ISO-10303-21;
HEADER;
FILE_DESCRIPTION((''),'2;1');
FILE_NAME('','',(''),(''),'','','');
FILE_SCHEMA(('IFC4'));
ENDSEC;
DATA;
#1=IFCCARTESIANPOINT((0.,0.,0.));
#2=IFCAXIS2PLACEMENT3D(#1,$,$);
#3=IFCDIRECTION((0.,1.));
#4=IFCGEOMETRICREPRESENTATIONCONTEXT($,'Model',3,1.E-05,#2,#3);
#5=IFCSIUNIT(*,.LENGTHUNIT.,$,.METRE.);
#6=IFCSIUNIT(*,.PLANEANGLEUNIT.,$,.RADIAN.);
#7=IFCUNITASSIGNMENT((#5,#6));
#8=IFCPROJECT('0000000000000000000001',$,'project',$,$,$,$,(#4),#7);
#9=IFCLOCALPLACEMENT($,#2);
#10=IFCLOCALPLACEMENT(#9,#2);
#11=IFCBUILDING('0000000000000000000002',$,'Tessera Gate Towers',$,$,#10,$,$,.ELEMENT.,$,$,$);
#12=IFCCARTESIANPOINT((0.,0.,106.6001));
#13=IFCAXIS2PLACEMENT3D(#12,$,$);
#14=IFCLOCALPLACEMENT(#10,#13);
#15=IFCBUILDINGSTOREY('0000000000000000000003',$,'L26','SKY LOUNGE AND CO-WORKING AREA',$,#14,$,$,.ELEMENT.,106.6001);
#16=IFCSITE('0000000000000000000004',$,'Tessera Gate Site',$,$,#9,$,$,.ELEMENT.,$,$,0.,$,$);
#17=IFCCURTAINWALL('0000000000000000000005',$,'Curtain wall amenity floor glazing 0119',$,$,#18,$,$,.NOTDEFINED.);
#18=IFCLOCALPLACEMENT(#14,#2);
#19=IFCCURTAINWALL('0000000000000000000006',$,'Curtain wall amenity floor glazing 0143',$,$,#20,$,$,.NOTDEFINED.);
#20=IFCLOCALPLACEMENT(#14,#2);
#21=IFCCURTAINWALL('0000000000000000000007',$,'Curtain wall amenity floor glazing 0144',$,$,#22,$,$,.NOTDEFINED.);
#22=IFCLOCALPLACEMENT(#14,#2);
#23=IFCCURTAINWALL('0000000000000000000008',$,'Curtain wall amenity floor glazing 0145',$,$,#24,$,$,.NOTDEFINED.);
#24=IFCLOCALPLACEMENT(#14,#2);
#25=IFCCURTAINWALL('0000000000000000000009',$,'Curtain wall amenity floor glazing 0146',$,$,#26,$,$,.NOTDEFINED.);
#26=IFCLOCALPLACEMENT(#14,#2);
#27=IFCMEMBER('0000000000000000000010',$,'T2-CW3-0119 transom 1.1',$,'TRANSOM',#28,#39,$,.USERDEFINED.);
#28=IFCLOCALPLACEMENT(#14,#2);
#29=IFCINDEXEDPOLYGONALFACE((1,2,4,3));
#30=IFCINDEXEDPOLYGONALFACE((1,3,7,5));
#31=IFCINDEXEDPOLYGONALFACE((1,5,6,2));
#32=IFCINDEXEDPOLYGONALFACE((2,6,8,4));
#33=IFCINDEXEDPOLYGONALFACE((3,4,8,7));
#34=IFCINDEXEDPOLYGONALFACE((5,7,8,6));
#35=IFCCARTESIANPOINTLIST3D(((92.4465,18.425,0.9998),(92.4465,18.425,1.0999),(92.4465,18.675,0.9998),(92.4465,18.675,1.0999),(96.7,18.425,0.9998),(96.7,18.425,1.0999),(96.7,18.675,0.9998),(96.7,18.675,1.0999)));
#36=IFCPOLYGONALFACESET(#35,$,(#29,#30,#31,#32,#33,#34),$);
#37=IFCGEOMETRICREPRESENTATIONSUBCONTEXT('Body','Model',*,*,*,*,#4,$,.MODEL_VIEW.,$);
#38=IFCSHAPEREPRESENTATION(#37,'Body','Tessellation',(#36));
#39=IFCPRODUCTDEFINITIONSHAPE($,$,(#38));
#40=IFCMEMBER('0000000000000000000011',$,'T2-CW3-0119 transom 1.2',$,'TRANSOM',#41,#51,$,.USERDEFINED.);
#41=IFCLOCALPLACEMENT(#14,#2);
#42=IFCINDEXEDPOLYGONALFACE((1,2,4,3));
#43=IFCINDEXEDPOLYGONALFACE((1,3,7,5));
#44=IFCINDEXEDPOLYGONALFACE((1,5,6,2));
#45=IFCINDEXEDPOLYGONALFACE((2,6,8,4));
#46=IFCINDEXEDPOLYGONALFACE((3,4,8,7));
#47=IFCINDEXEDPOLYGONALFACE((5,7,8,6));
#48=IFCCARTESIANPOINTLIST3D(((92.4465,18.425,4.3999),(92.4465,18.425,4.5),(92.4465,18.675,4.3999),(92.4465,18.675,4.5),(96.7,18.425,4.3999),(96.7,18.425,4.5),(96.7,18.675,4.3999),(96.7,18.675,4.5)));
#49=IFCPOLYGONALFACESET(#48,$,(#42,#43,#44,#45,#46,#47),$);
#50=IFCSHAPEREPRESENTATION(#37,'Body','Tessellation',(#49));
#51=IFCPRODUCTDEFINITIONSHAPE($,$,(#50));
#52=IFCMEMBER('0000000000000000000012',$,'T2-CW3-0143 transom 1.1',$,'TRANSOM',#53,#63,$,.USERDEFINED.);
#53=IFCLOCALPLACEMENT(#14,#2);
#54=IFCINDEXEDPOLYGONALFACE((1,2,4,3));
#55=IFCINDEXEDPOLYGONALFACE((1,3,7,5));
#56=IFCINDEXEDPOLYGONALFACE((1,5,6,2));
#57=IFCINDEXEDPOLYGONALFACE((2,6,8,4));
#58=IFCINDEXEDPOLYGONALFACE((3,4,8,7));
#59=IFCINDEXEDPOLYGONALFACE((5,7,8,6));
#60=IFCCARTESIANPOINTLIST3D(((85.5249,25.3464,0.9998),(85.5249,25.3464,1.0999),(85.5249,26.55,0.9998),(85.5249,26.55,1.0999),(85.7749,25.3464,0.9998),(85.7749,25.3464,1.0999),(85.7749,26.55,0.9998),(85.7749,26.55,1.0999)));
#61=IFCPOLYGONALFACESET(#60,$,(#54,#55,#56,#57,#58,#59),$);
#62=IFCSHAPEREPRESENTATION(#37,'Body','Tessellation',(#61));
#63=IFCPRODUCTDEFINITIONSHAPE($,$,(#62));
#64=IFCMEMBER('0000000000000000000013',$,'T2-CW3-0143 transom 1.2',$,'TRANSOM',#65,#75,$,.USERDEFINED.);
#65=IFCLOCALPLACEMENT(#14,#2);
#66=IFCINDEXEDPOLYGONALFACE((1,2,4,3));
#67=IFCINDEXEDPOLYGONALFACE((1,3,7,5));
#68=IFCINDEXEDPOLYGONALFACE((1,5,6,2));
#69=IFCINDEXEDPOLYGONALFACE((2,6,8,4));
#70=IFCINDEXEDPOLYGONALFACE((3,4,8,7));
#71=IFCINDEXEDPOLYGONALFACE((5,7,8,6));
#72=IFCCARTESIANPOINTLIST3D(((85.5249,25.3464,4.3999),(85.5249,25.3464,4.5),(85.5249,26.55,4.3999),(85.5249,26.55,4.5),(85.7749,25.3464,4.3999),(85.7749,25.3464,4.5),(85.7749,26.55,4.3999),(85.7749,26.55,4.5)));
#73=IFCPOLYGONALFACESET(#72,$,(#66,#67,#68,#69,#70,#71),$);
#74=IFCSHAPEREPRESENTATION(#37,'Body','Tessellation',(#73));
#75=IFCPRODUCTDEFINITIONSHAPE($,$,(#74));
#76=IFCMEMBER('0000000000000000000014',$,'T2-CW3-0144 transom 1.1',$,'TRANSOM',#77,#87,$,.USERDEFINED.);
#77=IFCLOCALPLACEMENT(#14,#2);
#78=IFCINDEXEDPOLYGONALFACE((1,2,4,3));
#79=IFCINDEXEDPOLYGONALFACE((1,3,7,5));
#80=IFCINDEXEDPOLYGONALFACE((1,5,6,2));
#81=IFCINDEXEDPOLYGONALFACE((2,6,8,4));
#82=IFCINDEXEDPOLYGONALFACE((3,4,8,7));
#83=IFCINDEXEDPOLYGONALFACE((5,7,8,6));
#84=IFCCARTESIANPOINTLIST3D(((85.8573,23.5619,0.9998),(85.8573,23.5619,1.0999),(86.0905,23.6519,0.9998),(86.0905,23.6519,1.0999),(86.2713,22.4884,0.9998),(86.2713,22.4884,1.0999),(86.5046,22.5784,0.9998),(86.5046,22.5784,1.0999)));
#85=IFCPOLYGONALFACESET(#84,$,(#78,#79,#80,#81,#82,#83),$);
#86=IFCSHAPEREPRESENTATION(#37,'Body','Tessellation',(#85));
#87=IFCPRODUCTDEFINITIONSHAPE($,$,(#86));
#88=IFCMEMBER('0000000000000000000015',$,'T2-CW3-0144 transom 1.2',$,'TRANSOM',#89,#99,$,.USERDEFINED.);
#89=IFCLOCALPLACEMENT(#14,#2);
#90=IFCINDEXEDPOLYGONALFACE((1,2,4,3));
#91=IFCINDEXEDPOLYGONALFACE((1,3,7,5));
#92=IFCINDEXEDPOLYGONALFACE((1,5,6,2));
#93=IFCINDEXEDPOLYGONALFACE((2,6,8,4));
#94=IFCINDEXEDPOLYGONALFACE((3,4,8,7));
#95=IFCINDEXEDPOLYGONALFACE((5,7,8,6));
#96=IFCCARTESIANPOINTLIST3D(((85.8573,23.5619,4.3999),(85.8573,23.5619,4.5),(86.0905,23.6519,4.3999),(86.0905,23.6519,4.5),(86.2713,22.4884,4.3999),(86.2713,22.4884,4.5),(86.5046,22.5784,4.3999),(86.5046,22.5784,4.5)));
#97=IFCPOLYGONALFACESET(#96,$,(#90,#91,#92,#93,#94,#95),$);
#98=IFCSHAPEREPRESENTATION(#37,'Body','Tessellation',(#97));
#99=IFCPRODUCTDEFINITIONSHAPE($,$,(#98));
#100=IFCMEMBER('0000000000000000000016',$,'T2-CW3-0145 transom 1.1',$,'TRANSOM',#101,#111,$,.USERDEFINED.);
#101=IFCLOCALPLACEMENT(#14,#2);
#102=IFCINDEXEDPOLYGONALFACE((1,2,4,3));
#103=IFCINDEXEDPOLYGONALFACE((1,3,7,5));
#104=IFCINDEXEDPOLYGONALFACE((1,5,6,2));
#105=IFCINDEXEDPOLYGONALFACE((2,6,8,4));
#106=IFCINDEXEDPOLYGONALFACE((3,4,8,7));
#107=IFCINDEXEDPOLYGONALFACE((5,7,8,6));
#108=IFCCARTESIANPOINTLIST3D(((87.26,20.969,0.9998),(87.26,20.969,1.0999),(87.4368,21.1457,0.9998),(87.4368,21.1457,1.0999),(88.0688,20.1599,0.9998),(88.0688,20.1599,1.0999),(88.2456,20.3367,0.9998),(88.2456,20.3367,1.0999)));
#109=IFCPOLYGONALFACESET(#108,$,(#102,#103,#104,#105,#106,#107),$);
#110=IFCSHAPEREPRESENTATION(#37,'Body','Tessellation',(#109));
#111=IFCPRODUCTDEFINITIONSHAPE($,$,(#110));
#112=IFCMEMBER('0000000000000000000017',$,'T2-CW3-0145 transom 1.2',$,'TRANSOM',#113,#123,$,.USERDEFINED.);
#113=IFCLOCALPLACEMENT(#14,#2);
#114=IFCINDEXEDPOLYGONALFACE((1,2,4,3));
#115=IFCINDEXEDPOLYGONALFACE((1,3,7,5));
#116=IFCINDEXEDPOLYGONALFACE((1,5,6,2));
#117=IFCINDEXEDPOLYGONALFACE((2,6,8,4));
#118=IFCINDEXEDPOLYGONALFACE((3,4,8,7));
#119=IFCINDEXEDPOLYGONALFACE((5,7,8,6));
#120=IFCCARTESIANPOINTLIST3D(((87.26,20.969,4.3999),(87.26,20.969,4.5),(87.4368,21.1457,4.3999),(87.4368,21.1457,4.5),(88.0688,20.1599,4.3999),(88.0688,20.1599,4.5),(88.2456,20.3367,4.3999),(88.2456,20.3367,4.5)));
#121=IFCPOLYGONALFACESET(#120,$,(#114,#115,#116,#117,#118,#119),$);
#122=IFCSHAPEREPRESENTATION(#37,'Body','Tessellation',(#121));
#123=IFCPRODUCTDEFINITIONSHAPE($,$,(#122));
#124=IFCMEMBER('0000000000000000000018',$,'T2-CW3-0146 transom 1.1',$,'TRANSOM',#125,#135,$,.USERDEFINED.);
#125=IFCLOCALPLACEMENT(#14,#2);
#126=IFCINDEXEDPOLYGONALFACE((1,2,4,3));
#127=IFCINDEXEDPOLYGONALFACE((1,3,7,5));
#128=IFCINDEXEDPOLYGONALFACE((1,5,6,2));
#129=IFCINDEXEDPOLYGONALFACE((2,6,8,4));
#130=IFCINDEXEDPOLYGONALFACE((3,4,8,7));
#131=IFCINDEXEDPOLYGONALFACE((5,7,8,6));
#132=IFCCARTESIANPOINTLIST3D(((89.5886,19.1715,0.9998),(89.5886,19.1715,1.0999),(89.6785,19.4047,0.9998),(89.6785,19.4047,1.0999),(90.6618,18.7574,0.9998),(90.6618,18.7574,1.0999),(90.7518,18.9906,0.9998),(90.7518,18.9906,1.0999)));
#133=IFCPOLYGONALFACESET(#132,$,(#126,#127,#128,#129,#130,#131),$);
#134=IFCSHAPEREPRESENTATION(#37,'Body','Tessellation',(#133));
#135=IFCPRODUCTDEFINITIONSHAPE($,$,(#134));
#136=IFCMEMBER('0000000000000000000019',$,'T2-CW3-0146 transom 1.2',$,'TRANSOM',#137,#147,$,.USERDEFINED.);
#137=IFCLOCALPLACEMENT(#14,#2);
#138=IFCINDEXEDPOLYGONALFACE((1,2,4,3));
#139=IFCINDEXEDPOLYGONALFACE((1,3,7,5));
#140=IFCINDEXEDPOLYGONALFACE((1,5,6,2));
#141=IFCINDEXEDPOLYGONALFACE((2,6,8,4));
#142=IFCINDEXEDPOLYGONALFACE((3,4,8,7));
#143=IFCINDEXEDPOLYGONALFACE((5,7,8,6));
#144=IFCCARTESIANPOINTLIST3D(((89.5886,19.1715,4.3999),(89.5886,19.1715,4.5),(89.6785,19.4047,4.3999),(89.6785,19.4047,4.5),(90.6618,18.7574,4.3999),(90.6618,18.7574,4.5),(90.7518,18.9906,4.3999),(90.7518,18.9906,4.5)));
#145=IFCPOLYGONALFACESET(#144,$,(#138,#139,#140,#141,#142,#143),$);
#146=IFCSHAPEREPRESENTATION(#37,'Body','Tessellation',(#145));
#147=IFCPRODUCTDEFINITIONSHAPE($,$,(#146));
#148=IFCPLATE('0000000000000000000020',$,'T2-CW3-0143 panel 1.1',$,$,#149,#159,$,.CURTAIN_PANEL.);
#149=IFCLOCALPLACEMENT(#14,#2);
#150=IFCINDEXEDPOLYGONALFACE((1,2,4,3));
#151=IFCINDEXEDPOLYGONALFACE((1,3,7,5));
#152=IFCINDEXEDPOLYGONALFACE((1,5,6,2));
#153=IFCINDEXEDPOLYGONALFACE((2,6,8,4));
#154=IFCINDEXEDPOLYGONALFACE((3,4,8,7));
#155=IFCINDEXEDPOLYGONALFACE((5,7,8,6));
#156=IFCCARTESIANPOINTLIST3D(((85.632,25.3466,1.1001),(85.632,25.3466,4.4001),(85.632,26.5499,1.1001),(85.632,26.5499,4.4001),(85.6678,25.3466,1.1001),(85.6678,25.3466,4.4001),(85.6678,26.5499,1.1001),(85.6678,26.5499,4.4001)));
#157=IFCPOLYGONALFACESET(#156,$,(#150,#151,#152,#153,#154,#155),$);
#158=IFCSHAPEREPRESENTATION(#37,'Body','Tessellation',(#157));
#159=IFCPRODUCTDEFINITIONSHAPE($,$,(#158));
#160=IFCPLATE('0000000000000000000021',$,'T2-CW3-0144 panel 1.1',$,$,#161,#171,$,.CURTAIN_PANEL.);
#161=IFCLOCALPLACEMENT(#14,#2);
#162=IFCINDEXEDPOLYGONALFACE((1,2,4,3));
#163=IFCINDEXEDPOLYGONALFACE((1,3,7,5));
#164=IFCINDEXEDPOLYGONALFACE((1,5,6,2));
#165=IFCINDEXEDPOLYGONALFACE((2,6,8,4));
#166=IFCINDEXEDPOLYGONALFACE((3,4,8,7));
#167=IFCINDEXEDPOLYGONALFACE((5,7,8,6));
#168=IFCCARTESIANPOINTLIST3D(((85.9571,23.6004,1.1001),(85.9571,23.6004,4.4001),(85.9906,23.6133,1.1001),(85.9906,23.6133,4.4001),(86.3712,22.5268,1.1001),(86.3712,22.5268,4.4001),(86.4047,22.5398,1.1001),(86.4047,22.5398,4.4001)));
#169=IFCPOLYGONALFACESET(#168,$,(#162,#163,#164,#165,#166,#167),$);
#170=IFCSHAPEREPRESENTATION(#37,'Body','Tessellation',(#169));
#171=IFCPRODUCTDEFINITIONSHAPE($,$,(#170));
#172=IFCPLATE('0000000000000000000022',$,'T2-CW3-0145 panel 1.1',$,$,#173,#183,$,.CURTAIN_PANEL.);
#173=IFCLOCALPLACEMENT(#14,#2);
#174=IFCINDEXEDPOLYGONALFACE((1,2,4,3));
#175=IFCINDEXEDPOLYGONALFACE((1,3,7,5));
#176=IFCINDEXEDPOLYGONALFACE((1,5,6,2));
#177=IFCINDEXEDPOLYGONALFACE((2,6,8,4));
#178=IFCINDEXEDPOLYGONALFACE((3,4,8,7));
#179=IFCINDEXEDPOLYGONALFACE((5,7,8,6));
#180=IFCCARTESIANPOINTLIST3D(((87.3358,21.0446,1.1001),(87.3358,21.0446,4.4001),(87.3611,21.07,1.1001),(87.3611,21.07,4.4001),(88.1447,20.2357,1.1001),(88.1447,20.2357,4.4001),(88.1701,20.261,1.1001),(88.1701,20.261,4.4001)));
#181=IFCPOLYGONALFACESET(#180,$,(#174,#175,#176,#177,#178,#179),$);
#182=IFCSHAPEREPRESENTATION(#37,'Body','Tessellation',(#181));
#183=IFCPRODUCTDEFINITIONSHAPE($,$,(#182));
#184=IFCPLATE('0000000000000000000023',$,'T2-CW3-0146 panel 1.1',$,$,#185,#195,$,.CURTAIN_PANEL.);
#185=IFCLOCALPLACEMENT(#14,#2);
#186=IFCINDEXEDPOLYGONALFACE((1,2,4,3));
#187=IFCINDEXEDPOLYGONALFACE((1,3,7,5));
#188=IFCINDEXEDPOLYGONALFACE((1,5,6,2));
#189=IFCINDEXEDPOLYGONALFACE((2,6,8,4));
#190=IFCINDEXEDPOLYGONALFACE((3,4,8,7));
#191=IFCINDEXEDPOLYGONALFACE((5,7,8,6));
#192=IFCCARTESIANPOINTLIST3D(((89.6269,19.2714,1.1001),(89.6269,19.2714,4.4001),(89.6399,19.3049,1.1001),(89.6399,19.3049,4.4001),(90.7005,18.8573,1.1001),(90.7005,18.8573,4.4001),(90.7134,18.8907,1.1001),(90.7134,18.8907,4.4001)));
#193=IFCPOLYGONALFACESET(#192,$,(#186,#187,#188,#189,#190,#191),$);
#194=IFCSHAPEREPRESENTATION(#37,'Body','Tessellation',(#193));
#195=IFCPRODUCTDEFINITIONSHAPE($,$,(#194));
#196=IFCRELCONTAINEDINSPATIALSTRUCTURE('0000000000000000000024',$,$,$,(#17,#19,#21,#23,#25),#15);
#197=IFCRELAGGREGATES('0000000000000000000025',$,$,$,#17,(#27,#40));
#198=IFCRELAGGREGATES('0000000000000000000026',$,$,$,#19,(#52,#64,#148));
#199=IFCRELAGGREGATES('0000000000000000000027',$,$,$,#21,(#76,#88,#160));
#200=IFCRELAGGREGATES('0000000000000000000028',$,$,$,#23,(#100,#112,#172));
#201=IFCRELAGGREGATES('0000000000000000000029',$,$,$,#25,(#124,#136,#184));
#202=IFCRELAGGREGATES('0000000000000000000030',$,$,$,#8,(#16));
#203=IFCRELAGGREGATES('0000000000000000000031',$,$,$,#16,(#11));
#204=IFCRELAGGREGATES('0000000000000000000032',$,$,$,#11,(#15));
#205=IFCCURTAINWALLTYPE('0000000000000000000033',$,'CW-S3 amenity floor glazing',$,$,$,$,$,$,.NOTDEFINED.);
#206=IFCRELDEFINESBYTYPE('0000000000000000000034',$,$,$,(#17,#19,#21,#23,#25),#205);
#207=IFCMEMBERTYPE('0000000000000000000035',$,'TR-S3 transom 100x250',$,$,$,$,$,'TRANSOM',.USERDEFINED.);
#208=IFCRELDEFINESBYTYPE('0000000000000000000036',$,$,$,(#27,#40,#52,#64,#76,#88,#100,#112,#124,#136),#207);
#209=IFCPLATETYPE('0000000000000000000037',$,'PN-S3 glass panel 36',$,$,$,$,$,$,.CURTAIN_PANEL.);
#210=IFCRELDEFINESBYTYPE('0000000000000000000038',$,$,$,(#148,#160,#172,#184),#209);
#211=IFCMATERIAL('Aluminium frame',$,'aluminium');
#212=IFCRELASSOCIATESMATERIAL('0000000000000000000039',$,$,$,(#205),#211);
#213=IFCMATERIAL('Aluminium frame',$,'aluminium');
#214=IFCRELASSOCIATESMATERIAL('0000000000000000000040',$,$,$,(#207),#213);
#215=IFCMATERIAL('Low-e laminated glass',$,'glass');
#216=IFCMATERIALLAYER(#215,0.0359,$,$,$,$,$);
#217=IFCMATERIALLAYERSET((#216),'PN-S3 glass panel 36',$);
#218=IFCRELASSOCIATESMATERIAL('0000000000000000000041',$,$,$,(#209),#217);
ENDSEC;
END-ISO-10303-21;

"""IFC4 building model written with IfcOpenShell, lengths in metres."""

from ifc_helpers import new_model, si_unit, direction, frame, origin, origin_2d, place, context, subcontext, project, spatial, rectangle, extrude, material, layer, layer_set, material_profile, profile_set, type_object, element, aggregate, save


model = new_model("IFC4")

# Units and contexts
model_context = context("Model", 3, precision=1e-05, world=origin(), true_north=direction((0.0, 1.0)))
body_context = subcontext(model_context, "Body", "Model", "MODEL_VIEW")
ifc_project = project(units=[si_unit("LENGTHUNIT", "METRE"), si_unit("PLANEANGLEUNIT", "RADIAN")], contexts=[model_context])

# Site, building, storey
site_placement = place(None, origin())
site = spatial("IfcSite", under=ifc_project, at=site_placement, Name="Tessera Gate Site", CompositionType="ELEMENT", RefElevation=0.0)
building_placement = place(site_placement, origin())
building = spatial("IfcBuilding", under=site, at=building_placement, Name="Tessera Gate Towers", CompositionType="ELEMENT")
storey_placement = place(building_placement, frame((0.0, 0.0, 106.6001)))
storey = spatial("IfcBuildingStorey", under=building, at=storey_placement, Name="L26", Description="SKY LOUNGE AND CO-WORKING AREA", CompositionType="ELEMENT", Elevation=106.6001)

# Curtain wall
ifc_material_1 = material(Name="Aluminium frame", Category="aluminium")
curtain_wall_type = type_object("IfcCurtainWallType", Name="CW-S3 amenity floor glazing", PredefinedType="NOTDEFINED", material=ifc_material_1)
curtain_wall_1_placement = place(storey_placement, origin())
curtain_wall_1 = element("IfcCurtainWall", 1, at=curtain_wall_1_placement, inside=storey, type_object=curtain_wall_type, Name="Curtain wall amenity floor glazing 0119", PredefinedType="NOTDEFINED")

# Curtain walls
curtain_wall_2_placement = place(storey_placement, origin())
curtain_wall_2 = element("IfcCurtainWall", 2, at=curtain_wall_2_placement, inside=storey, type_object=curtain_wall_type, Name="Curtain wall amenity floor glazing 0143", PredefinedType="NOTDEFINED")
curtain_wall_3_placement = place(storey_placement, origin())
curtain_wall_3 = element("IfcCurtainWall", 3, at=curtain_wall_3_placement, inside=storey, type_object=curtain_wall_type, Name="Curtain wall amenity floor glazing 0144", PredefinedType="NOTDEFINED")
curtain_wall_4_placement = place(storey_placement, origin())
curtain_wall_4 = element("IfcCurtainWall", 4, at=curtain_wall_4_placement, inside=storey, type_object=curtain_wall_type, Name="Curtain wall amenity floor glazing 0145", PredefinedType="NOTDEFINED")
curtain_wall_5_placement = place(storey_placement, origin())
curtain_wall_5 = element("IfcCurtainWall", 5, at=curtain_wall_5_placement, inside=storey, type_object=curtain_wall_type, Name="Curtain wall amenity floor glazing 0146", PredefinedType="NOTDEFINED")

# Members
ifc_material_2 = material(Name="Aluminium frame", Category="aluminium")
ifc_material_profile_1 = material_profile(ifc_material_2, rectangle(XDim=0.25, YDim=0.1001, at=origin_2d()), Name="AL 100x250")
ifc_profile_set_1 = profile_set([ifc_material_profile_1], Name="Aluminium frame")
member_type_1 = type_object("IfcMemberType", Name="TR-S3 transom 100x250", ElementType="TRANSOM", PredefinedType="USERDEFINED", material=ifc_profile_set_1)
member_1_placement = place(storey_placement, frame((92.4465, 18.55, 1.0498), z_axis=(1.0, 0.0, 0.0), x_axis=(0.0, 1.0, 0.0)))
member_1 = element("IfcMember", 6, at=member_1_placement, type_object=member_type_1, Name="T2-CW3-0119 transom 1.1", ObjectType="TRANSOM", PredefinedType="USERDEFINED", context=body_context, shape_type="SweptSolid", body=[
    extrude(rectangle(XDim=0.25, YDim=0.1001, at=origin_2d()), origin(), (0.0, 0.0, 1.0), 4.2534),
])
member_2_placement = place(storey_placement, frame((92.4465, 18.55, 4.45), z_axis=(1.0, 0.0, 0.0), x_axis=(0.0, 1.0, 0.0)))
member_2 = element("IfcMember", 7, at=member_2_placement, type_object=member_type_1, Name="T2-CW3-0119 transom 1.2", ObjectType="TRANSOM", PredefinedType="USERDEFINED", context=body_context, shape_type="SweptSolid", body=[
    extrude(rectangle(XDim=0.25, YDim=0.1001, at=origin_2d()), origin(), (0.0, 0.0, 1.0), 4.2534),
])
aggregate(curtain_wall_1, [member_1, member_2])
member_3_placement = place(storey_placement, frame((85.6499, 26.55, 1.0498), z_axis=(0.0, -1.0, 0.0), x_axis=(1.0, 0.0, 0.0)))
member_3 = element("IfcMember", 8, at=member_3_placement, type_object=member_type_1, Name="T2-CW3-0143 transom 1.1", ObjectType="TRANSOM", PredefinedType="USERDEFINED", context=body_context, shape_type="SweptSolid", body=[
    extrude(rectangle(XDim=0.25, YDim=0.1001, at=origin_2d()), origin(), (0.0, 0.0, 1.0), 1.2036),
])
member_4_placement = place(storey_placement, frame((85.6499, 26.55, 4.45), z_axis=(0.0, -1.0, 0.0), x_axis=(1.0, 0.0, 0.0)))
member_4 = element("IfcMember", 9, at=member_4_placement, type_object=member_type_1, Name="T2-CW3-0143 transom 1.2", ObjectType="TRANSOM", PredefinedType="USERDEFINED", context=body_context, shape_type="SweptSolid", body=[
    extrude(rectangle(XDim=0.25, YDim=0.1001, at=origin_2d()), origin(), (0.0, 0.0, 1.0), 1.2036),
])
member_5_placement = place(storey_placement, frame((85.9739, 23.6069, 1.0498), z_axis=(0.359875, -0.933001, 0.0), x_axis=(0.933001, 0.359875, 0.0)))
member_5 = element("IfcMember", 10, at=member_5_placement, type_object=member_type_1, Name="T2-CW3-0144 transom 1.1", ObjectType="TRANSOM", PredefinedType="USERDEFINED", context=body_context, shape_type="SweptSolid", body=[
    extrude(rectangle(XDim=0.25, YDim=0.1001, at=origin_2d()), origin(), (0.0, 0.0, 1.0), 1.1506),
])
member_6_placement = place(storey_placement, frame((85.9739, 23.6069, 4.45), z_axis=(0.359875, -0.933001, 0.0), x_axis=(0.933001, 0.359875, 0.0)))
member_6 = element("IfcMember", 11, at=member_6_placement, type_object=member_type_1, Name="T2-CW3-0144 transom 1.2", ObjectType="TRANSOM", PredefinedType="USERDEFINED", context=body_context, shape_type="SweptSolid", body=[
    extrude(rectangle(XDim=0.25, YDim=0.1001, at=origin_2d()), origin(), (0.0, 0.0, 1.0), 1.1506),
])
member_7_placement = place(storey_placement, frame((87.3484, 21.0574, 1.0498), z_axis=(0.707, -0.707213, 0.0), x_axis=(0.707213, 0.707, 0.0)))
member_7 = element("IfcMember", 12, at=member_7_placement, type_object=member_type_1, Name="T2-CW3-0145 transom 1.1", ObjectType="TRANSOM", PredefinedType="USERDEFINED", context=body_context, shape_type="SweptSolid", body=[
    extrude(rectangle(XDim=0.25, YDim=0.1001, at=origin_2d()), origin(), (0.0, 0.0, 1.0), 1.144),
])
member_8_placement = place(storey_placement, frame((87.3484, 21.0574, 4.45), z_axis=(0.707, -0.707213, 0.0), x_axis=(0.707213, 0.707, 0.0)))
member_8 = element("IfcMember", 13, at=member_8_placement, type_object=member_type_1, Name="T2-CW3-0145 transom 1.2", ObjectType="TRANSOM", PredefinedType="USERDEFINED", context=body_context, shape_type="SweptSolid", body=[
    extrude(rectangle(XDim=0.25, YDim=0.1001, at=origin_2d()), origin(), (0.0, 0.0, 1.0), 1.144),
])
member_9_placement = place(storey_placement, frame((89.6335, 19.2881, 1.0498), z_axis=(0.932973, -0.359946, 0.0), x_axis=(0.359946, 0.932973, 0.0)))
member_9 = element("IfcMember", 14, at=member_9_placement, type_object=member_type_1, Name="T2-CW3-0146 transom 1.1", ObjectType="TRANSOM", PredefinedType="USERDEFINED", context=body_context, shape_type="SweptSolid", body=[
    extrude(rectangle(XDim=0.25, YDim=0.1001, at=origin_2d()), origin(), (0.0, 0.0, 1.0), 1.1504),
])
member_10_placement = place(storey_placement, frame((89.6335, 19.2881, 4.45), z_axis=(0.932973, -0.359946, 0.0), x_axis=(0.359946, 0.932973, 0.0)))
member_10 = element("IfcMember", 15, at=member_10_placement, type_object=member_type_1, Name="T2-CW3-0146 transom 1.2", ObjectType="TRANSOM", PredefinedType="USERDEFINED", context=body_context, shape_type="SweptSolid", body=[
    extrude(rectangle(XDim=0.25, YDim=0.1001, at=origin_2d()), origin(), (0.0, 0.0, 1.0), 1.1504),
])

# Plates
ifc_material_3 = material(Name="Low-e laminated glass", Category="glass")
ifc_layer_1 = layer(ifc_material_3, 0.0359)
ifc_layer_set_1 = layer_set([ifc_layer_1], Name="PN-S3 glass panel 36")
plate_type = type_object("IfcPlateType", Name="PN-S3 glass panel 36", PredefinedType="CURTAIN_PANEL", material=ifc_layer_set_1)
plate_1_placement = place(storey_placement, frame((85.6499, 25.9482, 1.1001), z_axis=(0.0, 0.0, 1.0), x_axis=(0.0, -1.0, 0.0)))
plate_1 = element("IfcPlate", 16, at=plate_1_placement, type_object=plate_type, Name="T2-CW3-0143 panel 1.1", PredefinedType="CURTAIN_PANEL", context=body_context, shape_type="SweptSolid", body=[
    extrude(rectangle(XDim=1.2034, YDim=0.0359, at=origin_2d()), origin(), (0.0, 0.0, 1.0), 3.3),
])
aggregate(curtain_wall_2, [member_3, member_4, plate_1])
plate_2_placement = place(storey_placement, frame((86.1809, 23.0701, 1.1001), z_axis=(0.0, 0.0, 1.0), x_axis=(0.359904, -0.932989, 0.0)))
plate_2 = element("IfcPlate", 17, at=plate_2_placement, type_object=plate_type, Name="T2-CW3-0144 panel 1.1", PredefinedType="CURTAIN_PANEL", context=body_context, shape_type="SweptSolid", body=[
    extrude(rectangle(XDim=1.1506, YDim=0.0359, at=origin_2d()), origin(), (0.0, 0.0, 1.0), 3.3),
])
aggregate(curtain_wall_3, [member_5, member_6, plate_2])
plate_3_placement = place(storey_placement, frame((87.7529, 20.6528, 1.1001), z_axis=(0.0, 0.0, 1.0), x_axis=(0.707107, -0.707107, 0.0)))
plate_3 = element("IfcPlate", 18, at=plate_3_placement, type_object=plate_type, Name="T2-CW3-0145 panel 1.1", PredefinedType="CURTAIN_PANEL", context=body_context, shape_type="SweptSolid", body=[
    extrude(rectangle(XDim=1.144, YDim=0.0359, at=origin_2d()), origin(), (0.0, 0.0, 1.0), 3.3),
])
aggregate(curtain_wall_4, [member_7, member_8, plate_3])
plate_4_placement = place(storey_placement, frame((90.1702, 19.0811, 1.1001), z_axis=(0.0, 0.0, 1.0), x_axis=(0.932989, -0.359904, 0.0)))
plate_4 = element("IfcPlate", 19, at=plate_4_placement, type_object=plate_type, Name="T2-CW3-0146 panel 1.1", PredefinedType="CURTAIN_PANEL", context=body_context, shape_type="SweptSolid", body=[
    extrude(rectangle(XDim=1.1506, YDim=0.0359, at=origin_2d()), origin(), (0.0, 0.0, 1.0), 3.3),
])
aggregate(curtain_wall_5, [member_9, member_10, plate_4])

save(model, "model.ifc")
